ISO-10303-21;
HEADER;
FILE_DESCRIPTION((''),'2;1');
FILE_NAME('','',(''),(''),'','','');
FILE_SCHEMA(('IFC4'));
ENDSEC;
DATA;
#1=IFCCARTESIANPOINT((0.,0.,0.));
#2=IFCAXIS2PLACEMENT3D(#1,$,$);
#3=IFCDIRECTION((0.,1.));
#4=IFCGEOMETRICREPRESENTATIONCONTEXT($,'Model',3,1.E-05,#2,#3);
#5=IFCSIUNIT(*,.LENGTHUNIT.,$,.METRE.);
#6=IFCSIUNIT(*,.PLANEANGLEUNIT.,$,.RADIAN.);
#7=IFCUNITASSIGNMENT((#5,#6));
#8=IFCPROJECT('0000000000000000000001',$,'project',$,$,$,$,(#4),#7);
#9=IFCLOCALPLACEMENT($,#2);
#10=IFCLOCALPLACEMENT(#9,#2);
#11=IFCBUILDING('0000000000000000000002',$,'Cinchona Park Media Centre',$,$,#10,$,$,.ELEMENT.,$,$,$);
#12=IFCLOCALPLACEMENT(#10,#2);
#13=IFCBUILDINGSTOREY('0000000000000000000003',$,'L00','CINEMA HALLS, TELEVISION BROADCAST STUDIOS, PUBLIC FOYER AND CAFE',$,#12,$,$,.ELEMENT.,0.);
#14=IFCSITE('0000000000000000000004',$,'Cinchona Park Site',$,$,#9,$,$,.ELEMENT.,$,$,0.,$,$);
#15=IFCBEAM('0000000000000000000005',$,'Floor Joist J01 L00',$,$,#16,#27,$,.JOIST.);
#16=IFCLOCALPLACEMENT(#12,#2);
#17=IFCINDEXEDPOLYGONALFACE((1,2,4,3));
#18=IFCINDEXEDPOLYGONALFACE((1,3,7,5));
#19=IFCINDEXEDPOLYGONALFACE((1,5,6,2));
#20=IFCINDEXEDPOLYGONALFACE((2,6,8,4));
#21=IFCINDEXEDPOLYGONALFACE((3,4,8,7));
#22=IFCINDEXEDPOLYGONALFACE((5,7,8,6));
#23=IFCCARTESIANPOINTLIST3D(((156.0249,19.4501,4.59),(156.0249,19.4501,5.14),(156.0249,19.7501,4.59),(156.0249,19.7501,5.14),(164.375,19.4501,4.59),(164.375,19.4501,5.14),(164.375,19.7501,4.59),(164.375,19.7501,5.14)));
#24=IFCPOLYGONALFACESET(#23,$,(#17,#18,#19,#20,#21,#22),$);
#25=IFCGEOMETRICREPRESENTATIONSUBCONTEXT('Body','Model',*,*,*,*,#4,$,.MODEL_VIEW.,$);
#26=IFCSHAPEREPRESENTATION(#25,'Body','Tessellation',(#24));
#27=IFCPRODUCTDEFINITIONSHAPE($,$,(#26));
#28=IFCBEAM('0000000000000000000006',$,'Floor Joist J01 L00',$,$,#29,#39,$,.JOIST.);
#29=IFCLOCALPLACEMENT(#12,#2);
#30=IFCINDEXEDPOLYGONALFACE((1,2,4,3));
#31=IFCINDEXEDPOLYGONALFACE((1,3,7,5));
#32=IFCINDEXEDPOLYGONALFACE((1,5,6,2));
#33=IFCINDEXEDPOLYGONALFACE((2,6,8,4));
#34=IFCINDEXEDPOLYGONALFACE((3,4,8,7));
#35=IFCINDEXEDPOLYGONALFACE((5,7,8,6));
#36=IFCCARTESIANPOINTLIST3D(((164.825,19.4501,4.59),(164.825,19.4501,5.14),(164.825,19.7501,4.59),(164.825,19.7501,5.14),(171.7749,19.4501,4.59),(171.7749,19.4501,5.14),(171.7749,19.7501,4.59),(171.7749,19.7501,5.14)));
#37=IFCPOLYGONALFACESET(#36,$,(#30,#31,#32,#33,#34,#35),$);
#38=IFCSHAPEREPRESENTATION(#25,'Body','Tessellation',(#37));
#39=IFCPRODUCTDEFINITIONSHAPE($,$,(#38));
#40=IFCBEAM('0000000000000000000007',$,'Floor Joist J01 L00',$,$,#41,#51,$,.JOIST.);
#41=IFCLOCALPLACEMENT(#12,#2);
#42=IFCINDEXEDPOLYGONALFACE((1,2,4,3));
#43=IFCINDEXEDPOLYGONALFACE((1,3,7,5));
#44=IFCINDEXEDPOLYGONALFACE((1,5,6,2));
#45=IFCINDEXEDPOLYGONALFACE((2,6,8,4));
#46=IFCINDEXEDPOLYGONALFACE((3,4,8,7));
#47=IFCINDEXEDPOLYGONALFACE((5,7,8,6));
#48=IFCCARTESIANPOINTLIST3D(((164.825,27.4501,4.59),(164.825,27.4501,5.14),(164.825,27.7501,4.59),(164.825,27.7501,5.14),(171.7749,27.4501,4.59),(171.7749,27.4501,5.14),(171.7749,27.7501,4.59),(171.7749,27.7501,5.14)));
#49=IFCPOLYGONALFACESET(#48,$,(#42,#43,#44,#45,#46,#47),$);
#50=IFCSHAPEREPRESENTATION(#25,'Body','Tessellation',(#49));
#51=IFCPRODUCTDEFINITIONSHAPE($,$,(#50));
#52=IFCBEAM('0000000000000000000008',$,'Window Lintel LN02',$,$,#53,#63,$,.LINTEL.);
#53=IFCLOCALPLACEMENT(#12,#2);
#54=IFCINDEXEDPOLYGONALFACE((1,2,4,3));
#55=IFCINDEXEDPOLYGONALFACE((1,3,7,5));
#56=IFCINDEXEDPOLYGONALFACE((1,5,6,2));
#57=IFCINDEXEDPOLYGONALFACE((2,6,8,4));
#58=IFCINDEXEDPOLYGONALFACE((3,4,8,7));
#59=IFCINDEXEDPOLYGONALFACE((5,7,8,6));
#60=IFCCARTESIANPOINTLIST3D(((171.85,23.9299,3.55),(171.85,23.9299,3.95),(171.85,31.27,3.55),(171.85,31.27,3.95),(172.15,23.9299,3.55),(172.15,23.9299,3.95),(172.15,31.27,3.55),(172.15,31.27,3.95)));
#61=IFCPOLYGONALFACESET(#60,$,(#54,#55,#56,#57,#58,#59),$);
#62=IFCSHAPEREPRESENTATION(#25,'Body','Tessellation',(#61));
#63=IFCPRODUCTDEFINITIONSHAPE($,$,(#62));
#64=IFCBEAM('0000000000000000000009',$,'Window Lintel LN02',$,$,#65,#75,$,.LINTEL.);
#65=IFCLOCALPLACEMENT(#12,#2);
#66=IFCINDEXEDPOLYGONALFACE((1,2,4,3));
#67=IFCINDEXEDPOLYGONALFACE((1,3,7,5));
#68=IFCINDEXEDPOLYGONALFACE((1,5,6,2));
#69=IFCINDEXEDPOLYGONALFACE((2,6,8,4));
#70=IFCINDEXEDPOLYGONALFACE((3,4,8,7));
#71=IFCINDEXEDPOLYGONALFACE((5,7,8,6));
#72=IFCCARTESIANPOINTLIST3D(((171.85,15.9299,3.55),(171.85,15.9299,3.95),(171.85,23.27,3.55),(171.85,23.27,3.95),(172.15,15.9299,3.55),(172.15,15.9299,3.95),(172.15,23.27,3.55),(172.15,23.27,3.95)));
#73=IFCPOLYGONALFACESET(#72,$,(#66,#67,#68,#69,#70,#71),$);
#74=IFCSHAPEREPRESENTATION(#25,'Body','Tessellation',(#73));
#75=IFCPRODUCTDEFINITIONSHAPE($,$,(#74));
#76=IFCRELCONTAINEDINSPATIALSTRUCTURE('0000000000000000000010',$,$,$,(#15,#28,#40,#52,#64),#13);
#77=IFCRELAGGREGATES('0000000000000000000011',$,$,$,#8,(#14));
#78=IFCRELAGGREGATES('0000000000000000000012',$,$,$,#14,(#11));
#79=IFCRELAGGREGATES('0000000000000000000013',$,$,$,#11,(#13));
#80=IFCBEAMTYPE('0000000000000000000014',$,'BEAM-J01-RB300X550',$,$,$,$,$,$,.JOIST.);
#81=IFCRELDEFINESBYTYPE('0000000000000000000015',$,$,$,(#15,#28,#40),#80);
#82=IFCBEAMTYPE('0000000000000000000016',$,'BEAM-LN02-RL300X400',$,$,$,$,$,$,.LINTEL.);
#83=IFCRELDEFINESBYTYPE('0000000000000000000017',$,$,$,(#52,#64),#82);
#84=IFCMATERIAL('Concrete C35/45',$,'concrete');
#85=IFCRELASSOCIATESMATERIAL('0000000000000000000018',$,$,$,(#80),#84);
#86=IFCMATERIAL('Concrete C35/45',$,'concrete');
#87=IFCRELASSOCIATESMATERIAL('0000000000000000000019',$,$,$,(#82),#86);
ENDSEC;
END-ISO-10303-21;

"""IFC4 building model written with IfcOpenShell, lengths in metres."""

from ifc_helpers import new_model, si_unit, direction, frame, origin, origin_2d, place, context, subcontext, project, spatial, rectangle, extrude, material, material_profile, profile_set, type_object, element, save


model = new_model("IFC4")

# Units and contexts
model_context = context("Model", 3, precision=1e-05, world=origin(), true_north=direction((0.0, 1.0)))
body_context = subcontext(model_context, "Body", "Model", "MODEL_VIEW")
ifc_project = project(units=[si_unit("LENGTHUNIT", "METRE"), si_unit("PLANEANGLEUNIT", "RADIAN")], contexts=[model_context])

# Site, building, storey
site_placement = place(None, origin())
site = spatial("IfcSite", under=ifc_project, at=site_placement, Name="Cinchona Park Site", CompositionType="ELEMENT", RefElevation=0.0)
building_placement = place(site_placement, origin())
building = spatial("IfcBuilding", under=site, at=building_placement, Name="Cinchona Park Media Centre", CompositionType="ELEMENT")
storey_placement = place(building_placement, origin())
storey = spatial("IfcBuildingStorey", under=building, at=storey_placement, Name="L00", Description="CINEMA HALLS, TELEVISION BROADCAST STUDIOS, PUBLIC FOYER AND CAFE", CompositionType="ELEMENT", Elevation=0.0)

# Beams
ifc_material_1 = material(Name="Concrete C35/45", Category="concrete")
ifc_material_profile_1 = material_profile(ifc_material_1, rectangle(XDim=0.3, YDim=0.55, at=origin_2d()), Name="RB 300X550")
ifc_profile_set_1 = profile_set([ifc_material_profile_1], Name="Concrete C35/45")
beam_type_1 = type_object("IfcBeamType", Name="BEAM-J01-RB300X550", PredefinedType="JOIST", material=ifc_profile_set_1)
beam_placement = place(storey_placement, frame((156.0249, 19.6001, 4.865), z_axis=(1.0, 0.0, 0.0), x_axis=(0.0, 1.0, 0.0)))
element("IfcBeam", 1, at=beam_placement, inside=storey, type_object=beam_type_1, Name="Floor Joist J01 L00", PredefinedType="JOIST", context=body_context, shape_type="SweptSolid", body=[
    extrude(rectangle(XDim=0.3, YDim=0.55, at=origin_2d()), origin(), (0.0, 0.0, 1.0), 8.3501),
])
for number, where, z_axis, x_axis, name in (
    (2, (164.825, 19.6001, 4.865), (1.0, 0.0, 0.0), (0.0, 1.0, 0.0), "Floor Joist J01 L00"),
    (3, (164.825, 27.6001, 4.865), (1.0, 0.0, 0.0), (0.0, 1.0, 0.0), "Floor Joist J01 L00"),
):
    element("IfcBeam", number, at=place(storey_placement, frame(where, z_axis=z_axis, x_axis=x_axis)), inside=storey, type_object=beam_type_1, Name=name, PredefinedType="JOIST", context=body_context, shape_type="SweptSolid", body=[
        extrude(rectangle(XDim=0.3, YDim=0.55, at=origin_2d()), origin(), (0.0, 0.0, 1.0), 6.95),
    ])
ifc_material_2 = material(Name="Concrete C35/45", Category="concrete")
ifc_material_profile_2 = material_profile(ifc_material_2, rectangle(XDim=0.3, YDim=0.3999, at=origin_2d()), Name="RL 300X400")
ifc_profile_set_2 = profile_set([ifc_material_profile_2], Name="Concrete C35/45")
beam_type_2 = type_object("IfcBeamType", Name="BEAM-LN02-RL300X400", PredefinedType="LINTEL", material=ifc_profile_set_2)
for number, where, z_axis, x_axis, name in (
    (4, (172.0, 31.27, 3.75), (0.0, -1.0, 0.0), (1.0, 0.0, 0.0), "Window Lintel LN02"),
    (5, (172.0, 23.27, 3.75), (0.0, -1.0, 0.0), (1.0, 0.0, 0.0), "Window Lintel LN02"),
):
    element("IfcBeam", number, at=place(storey_placement, frame(where, z_axis=z_axis, x_axis=x_axis)), inside=storey, type_object=beam_type_2, Name=name, PredefinedType="LINTEL", context=body_context, shape_type="SweptSolid", body=[
        extrude(rectangle(XDim=0.3, YDim=0.3999, at=origin_2d()), origin(), (0.0, 0.0, 1.0), 7.3401),
    ])

save(model, "model.ifc")
